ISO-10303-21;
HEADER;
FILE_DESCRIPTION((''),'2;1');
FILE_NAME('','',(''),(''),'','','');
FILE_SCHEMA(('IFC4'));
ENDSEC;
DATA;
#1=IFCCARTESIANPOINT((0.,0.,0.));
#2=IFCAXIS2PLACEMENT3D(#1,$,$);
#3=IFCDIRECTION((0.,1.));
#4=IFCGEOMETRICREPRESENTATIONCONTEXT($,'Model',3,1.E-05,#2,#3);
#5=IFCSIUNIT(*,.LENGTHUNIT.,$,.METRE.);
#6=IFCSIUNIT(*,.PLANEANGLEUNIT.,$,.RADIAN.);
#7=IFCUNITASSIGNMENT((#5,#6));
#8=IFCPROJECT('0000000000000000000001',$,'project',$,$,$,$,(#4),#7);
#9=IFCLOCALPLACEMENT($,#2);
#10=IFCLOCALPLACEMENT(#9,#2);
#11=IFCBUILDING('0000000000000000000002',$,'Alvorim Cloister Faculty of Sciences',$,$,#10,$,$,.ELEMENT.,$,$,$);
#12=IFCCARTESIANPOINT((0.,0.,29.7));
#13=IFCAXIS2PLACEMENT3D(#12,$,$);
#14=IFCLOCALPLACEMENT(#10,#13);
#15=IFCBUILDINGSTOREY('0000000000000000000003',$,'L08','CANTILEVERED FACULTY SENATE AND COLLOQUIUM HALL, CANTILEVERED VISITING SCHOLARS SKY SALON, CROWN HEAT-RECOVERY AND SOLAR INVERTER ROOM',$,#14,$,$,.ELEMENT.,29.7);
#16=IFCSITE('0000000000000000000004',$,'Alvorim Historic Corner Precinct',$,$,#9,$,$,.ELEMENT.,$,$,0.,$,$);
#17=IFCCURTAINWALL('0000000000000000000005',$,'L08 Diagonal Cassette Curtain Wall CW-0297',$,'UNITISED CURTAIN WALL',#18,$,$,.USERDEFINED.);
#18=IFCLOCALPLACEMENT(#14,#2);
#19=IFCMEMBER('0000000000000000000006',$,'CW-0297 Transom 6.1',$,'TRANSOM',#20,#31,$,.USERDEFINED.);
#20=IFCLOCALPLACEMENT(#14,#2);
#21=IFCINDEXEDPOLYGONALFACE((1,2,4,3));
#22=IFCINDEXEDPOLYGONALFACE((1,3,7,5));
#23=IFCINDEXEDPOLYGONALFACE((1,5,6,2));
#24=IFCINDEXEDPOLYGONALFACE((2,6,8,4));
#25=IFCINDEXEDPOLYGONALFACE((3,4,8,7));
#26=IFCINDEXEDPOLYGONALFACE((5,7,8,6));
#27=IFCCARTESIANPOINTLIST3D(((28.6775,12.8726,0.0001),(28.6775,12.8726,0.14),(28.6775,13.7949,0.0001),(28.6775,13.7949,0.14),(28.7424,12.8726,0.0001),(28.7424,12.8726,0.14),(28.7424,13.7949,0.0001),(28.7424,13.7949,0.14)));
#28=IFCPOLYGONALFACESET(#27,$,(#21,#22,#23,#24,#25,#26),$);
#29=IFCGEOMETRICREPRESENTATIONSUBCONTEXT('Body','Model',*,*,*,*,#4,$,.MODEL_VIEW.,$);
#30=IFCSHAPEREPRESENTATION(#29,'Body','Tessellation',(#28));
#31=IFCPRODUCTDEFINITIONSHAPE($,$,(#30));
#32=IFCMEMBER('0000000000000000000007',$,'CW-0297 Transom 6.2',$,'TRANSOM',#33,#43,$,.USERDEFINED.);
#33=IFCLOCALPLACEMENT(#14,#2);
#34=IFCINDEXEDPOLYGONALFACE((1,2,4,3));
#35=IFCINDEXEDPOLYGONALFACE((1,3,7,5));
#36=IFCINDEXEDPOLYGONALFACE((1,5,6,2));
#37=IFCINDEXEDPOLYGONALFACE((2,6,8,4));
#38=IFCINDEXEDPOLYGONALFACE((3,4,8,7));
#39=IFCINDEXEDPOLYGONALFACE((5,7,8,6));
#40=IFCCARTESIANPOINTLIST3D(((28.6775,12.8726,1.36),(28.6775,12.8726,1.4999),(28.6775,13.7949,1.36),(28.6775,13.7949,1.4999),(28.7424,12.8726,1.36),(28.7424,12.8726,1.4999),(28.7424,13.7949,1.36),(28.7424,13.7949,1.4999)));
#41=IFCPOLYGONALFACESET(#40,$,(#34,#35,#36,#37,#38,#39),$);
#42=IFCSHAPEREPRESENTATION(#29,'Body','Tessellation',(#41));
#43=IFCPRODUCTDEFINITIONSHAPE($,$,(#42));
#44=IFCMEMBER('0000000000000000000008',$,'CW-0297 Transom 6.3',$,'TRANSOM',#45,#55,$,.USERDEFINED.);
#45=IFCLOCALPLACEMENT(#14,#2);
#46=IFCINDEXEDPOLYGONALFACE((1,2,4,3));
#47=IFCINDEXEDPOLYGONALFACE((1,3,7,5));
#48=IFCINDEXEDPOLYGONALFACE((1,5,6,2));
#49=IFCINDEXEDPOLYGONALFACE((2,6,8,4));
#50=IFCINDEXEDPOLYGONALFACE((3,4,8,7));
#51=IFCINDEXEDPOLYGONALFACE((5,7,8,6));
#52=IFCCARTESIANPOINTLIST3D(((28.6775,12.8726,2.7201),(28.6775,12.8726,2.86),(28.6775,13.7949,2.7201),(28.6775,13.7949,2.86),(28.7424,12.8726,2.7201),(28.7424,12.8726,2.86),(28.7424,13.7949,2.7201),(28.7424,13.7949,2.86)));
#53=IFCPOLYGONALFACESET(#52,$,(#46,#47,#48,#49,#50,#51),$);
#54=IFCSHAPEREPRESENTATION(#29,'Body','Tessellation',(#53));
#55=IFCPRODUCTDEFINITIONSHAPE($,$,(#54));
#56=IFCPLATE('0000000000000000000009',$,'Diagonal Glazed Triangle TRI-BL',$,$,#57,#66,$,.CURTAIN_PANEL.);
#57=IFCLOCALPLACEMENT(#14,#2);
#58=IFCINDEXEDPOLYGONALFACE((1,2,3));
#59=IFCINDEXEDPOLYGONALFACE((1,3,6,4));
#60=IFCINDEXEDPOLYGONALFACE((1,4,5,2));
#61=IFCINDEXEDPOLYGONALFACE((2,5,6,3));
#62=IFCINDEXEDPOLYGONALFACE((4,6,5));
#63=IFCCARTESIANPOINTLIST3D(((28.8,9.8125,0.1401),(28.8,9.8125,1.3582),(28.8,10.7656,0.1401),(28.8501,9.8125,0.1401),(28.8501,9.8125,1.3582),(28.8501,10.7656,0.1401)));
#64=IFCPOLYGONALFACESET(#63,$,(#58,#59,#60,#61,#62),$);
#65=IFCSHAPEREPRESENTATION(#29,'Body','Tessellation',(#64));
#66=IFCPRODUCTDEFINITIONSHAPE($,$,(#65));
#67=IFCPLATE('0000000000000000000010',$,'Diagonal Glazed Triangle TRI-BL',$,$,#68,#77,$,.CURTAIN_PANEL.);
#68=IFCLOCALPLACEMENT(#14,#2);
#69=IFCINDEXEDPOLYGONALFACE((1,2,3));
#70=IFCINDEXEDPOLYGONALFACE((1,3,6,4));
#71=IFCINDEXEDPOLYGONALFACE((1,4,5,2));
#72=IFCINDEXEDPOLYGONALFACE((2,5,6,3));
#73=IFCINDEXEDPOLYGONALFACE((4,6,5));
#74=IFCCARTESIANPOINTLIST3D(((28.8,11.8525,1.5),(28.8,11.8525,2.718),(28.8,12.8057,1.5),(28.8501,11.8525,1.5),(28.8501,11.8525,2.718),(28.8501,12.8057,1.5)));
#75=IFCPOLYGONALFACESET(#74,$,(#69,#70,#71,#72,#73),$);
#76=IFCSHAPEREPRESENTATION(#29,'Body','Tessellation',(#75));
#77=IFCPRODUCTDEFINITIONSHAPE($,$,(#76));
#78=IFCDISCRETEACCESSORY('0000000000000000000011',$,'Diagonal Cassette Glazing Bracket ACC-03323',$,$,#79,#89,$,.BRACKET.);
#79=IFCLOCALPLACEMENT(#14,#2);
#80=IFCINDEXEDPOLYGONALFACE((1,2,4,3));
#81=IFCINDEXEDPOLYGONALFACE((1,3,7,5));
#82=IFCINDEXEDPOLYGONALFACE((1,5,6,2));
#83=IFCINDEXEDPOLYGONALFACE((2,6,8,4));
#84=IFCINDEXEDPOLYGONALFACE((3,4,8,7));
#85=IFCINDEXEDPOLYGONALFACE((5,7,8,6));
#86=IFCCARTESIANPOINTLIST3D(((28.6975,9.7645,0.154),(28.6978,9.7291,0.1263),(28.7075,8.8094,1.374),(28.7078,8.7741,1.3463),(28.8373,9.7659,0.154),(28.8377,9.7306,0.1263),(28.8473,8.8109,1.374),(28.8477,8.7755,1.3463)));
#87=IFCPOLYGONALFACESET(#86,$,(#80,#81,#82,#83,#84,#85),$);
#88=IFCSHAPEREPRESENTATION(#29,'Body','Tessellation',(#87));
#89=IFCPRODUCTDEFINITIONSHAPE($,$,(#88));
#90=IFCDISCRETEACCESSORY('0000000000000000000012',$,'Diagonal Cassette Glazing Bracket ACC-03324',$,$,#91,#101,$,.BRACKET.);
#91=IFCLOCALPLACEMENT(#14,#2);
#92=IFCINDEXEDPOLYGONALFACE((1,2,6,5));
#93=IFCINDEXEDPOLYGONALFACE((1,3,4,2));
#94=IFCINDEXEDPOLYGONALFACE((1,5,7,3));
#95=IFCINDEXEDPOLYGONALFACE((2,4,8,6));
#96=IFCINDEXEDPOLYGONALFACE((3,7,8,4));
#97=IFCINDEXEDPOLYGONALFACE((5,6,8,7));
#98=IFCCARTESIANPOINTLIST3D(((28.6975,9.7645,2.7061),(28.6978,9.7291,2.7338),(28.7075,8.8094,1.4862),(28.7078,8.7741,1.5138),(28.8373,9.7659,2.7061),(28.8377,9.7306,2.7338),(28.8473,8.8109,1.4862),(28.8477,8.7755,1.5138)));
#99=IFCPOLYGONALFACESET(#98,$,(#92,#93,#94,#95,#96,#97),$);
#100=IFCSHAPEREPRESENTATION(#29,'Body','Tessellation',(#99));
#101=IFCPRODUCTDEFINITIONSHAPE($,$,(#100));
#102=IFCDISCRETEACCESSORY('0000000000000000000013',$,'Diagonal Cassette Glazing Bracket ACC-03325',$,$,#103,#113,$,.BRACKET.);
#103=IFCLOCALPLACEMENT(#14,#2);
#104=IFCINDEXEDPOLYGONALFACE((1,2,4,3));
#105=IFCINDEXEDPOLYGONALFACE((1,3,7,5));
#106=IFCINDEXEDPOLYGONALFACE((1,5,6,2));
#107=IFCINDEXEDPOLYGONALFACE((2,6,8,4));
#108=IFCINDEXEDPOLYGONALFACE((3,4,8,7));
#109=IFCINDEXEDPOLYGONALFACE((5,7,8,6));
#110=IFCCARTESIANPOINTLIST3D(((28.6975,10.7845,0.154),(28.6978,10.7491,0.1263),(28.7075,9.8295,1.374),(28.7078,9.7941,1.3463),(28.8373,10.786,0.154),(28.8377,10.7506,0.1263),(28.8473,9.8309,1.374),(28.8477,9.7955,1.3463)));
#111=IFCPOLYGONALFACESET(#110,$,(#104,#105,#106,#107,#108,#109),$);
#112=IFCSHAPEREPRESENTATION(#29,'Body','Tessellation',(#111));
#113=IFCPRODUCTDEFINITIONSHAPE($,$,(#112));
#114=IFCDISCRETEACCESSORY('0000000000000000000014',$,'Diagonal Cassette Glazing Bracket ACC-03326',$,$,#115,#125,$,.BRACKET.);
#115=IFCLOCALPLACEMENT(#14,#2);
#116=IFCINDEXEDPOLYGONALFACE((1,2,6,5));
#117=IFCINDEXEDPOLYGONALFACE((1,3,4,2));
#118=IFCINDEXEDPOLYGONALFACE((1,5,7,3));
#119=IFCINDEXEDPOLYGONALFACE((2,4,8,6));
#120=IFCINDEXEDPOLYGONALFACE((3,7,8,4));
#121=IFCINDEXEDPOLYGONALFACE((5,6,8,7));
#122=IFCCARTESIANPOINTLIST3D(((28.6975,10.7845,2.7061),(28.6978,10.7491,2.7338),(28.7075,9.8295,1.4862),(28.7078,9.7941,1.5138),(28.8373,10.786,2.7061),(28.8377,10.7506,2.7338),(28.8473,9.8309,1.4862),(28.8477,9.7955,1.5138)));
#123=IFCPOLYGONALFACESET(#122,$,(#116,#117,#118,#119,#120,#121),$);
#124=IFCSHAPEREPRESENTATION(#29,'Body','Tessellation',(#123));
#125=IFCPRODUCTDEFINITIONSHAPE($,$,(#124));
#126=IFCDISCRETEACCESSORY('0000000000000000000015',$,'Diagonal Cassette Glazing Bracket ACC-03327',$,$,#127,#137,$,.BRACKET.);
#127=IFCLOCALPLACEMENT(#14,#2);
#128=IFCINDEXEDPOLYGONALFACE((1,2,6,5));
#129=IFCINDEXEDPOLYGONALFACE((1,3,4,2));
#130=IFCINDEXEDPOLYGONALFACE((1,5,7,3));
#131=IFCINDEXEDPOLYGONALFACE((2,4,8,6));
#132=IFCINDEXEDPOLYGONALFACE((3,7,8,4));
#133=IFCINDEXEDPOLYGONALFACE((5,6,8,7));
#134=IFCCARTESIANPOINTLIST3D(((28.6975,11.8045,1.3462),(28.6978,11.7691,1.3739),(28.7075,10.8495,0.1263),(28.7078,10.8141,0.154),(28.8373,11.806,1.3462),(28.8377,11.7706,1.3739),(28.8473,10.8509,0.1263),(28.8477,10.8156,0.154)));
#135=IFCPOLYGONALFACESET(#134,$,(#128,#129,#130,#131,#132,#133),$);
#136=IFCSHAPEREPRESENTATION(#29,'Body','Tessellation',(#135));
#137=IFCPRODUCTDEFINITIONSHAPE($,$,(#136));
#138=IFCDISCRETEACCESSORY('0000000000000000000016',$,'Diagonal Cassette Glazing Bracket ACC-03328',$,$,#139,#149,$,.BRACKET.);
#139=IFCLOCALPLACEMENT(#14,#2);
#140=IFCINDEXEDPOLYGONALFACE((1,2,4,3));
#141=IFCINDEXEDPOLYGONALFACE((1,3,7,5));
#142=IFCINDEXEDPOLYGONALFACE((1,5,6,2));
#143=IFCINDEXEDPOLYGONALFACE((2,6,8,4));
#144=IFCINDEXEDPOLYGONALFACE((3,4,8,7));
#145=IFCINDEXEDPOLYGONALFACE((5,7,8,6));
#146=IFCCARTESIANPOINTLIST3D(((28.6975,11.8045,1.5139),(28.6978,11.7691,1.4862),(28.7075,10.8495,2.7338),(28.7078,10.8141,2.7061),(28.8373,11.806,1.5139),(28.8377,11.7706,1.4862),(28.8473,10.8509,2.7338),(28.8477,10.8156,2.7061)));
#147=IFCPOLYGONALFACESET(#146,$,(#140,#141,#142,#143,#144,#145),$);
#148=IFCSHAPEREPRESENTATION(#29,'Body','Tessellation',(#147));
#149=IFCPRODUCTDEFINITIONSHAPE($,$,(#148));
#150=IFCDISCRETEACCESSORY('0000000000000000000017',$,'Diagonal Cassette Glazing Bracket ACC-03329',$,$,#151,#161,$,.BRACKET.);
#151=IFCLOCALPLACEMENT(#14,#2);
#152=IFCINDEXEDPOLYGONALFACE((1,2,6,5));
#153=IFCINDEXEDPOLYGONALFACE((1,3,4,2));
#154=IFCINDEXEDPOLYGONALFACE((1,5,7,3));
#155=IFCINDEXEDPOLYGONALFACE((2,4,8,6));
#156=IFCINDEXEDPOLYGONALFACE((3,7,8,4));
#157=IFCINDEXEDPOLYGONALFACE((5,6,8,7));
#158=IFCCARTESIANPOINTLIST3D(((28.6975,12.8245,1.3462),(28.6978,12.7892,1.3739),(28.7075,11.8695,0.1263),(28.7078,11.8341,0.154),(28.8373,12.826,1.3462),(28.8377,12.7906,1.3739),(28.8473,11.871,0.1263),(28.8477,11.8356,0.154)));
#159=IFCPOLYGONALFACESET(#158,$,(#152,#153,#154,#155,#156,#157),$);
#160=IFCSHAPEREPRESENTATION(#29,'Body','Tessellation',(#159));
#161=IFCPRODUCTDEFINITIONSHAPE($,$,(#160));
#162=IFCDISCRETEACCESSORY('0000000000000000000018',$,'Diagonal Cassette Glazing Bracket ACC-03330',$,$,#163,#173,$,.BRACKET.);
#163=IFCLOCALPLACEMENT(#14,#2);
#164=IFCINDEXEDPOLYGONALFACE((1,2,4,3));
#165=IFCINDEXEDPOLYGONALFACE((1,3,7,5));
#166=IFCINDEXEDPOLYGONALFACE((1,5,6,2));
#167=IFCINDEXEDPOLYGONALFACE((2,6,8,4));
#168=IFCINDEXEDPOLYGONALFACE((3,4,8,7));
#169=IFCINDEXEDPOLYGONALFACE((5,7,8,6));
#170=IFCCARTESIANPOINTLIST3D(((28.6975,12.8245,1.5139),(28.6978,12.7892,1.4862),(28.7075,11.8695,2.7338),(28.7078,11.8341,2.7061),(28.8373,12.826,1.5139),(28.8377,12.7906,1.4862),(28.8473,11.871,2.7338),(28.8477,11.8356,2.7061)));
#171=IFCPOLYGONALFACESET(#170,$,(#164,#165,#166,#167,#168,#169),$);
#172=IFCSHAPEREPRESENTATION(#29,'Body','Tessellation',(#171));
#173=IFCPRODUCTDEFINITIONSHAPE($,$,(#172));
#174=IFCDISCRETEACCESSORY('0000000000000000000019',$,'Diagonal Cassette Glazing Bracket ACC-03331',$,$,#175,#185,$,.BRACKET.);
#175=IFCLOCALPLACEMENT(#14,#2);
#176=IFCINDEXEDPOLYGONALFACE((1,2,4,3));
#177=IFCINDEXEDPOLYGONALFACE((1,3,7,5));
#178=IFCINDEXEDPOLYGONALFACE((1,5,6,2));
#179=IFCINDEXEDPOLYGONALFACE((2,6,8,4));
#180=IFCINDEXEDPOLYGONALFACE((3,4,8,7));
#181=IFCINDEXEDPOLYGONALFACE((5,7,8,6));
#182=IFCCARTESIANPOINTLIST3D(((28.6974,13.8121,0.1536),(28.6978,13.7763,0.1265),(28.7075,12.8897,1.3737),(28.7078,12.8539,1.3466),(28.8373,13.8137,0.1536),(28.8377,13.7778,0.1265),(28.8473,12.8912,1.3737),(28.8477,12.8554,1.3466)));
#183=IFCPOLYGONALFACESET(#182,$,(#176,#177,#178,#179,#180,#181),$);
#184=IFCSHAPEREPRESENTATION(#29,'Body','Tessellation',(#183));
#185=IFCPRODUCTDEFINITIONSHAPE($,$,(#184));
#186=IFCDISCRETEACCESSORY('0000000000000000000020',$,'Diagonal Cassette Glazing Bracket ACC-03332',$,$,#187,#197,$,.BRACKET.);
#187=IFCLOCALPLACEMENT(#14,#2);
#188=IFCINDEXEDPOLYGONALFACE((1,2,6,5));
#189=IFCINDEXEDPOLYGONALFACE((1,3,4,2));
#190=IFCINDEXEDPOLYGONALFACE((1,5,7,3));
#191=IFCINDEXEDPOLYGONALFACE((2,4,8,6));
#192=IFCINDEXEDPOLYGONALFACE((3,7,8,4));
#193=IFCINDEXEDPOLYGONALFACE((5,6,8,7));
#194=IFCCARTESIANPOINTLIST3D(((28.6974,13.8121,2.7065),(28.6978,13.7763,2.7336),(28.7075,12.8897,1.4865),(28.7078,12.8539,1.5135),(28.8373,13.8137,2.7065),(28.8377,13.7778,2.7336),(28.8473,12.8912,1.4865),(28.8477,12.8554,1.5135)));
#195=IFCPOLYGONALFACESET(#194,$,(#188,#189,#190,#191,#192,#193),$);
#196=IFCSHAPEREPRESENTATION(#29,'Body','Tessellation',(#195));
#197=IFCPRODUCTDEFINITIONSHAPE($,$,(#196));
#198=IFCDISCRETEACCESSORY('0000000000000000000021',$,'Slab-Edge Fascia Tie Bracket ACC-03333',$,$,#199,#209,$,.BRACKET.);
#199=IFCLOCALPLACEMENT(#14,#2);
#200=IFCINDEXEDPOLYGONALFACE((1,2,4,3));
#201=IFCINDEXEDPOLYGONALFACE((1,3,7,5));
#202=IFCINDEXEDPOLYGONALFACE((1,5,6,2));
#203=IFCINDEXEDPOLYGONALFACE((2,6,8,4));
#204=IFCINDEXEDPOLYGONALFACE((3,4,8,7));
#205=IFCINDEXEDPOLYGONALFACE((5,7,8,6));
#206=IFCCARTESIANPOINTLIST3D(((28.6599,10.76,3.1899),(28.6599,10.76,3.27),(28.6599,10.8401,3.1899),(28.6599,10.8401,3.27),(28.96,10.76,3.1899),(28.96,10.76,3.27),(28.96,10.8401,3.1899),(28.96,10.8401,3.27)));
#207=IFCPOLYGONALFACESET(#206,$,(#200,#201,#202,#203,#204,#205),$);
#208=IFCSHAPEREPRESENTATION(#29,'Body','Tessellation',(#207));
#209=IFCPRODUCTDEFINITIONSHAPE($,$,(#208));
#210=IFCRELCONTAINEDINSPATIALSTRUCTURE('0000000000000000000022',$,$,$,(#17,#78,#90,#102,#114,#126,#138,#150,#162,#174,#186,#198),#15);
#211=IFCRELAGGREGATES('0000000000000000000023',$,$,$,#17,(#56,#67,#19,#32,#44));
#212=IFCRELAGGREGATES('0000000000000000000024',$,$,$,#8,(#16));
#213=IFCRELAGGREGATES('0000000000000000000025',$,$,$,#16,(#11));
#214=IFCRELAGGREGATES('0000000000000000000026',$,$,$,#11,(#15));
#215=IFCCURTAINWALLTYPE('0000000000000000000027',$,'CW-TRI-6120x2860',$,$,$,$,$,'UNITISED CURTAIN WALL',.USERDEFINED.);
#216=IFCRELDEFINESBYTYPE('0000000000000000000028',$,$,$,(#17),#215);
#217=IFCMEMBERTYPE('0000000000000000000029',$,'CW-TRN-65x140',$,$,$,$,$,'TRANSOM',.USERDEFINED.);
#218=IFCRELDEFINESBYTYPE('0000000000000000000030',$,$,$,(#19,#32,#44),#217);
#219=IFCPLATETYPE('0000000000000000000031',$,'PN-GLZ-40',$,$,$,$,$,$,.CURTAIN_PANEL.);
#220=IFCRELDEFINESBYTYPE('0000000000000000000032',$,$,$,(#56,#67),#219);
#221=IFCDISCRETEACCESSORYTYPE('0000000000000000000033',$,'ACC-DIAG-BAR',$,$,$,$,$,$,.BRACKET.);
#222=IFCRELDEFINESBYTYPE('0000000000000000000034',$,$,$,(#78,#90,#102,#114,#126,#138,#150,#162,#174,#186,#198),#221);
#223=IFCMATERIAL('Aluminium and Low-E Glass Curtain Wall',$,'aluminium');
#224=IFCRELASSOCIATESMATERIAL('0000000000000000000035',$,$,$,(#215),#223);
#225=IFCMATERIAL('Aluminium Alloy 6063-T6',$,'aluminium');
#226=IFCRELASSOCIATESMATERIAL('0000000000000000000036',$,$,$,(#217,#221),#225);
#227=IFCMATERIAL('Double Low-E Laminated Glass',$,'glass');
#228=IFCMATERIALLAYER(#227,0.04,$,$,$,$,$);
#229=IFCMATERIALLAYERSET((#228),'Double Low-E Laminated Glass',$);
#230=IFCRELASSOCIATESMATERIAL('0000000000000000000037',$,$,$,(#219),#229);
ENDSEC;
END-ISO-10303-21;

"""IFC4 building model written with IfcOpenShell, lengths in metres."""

from ifc_helpers import new_model, si_unit, direction, frame, origin, origin_2d, place, context, subcontext, project, spatial, polyline, rectangle, outline, extrude, material, layer, layer_set, material_profile, profile_set, type_object, element, aggregate, save


model = new_model("IFC4")

# Units and contexts
model_context = context("Model", 3, precision=1e-05, world=origin(), true_north=direction((0.0, 1.0)))
body_context = subcontext(model_context, "Body", "Model", "MODEL_VIEW")
ifc_project = project(units=[si_unit("LENGTHUNIT", "METRE"), si_unit("PLANEANGLEUNIT", "RADIAN")], contexts=[model_context])

# Site, building, storey
site_placement = place(None, origin())
site = spatial("IfcSite", under=ifc_project, at=site_placement, Name="Alvorim Historic Corner Precinct", CompositionType="ELEMENT", RefElevation=0.0)
building_placement = place(site_placement, origin())
building = spatial("IfcBuilding", under=site, at=building_placement, Name="Alvorim Cloister Faculty of Sciences", CompositionType="ELEMENT")
storey_placement = place(building_placement, frame((0.0, 0.0, 29.7)))
storey = spatial("IfcBuildingStorey", under=building, at=storey_placement, Name="L08", Description="CANTILEVERED FACULTY SENATE AND COLLOQUIUM HALL, CANTILEVERED VISITING SCHOLARS SKY SALON, CROWN HEAT-RECOVERY AND SOLAR INVERTER ROOM", CompositionType="ELEMENT", Elevation=29.7)

# Curtain wall, members, plates
ifc_material_1 = material(Name="Aluminium and Low-E Glass Curtain Wall", Category="aluminium")
curtain_wall_type = type_object("IfcCurtainWallType", Name="CW-TRI-6120x2860", ElementType="UNITISED CURTAIN WALL", PredefinedType="USERDEFINED", material=ifc_material_1)
curtain_wall_placement = place(storey_placement, origin())
curtain_wall = element("IfcCurtainWall", 1, at=curtain_wall_placement, inside=storey, type_object=curtain_wall_type, Name="L08 Diagonal Cassette Curtain Wall CW-0297", ObjectType="UNITISED CURTAIN WALL", PredefinedType="USERDEFINED")
ifc_material_2 = material(Name="Aluminium Alloy 6063-T6", Category="aluminium")
ifc_material_profile_1 = material_profile(ifc_material_2, rectangle(XDim=0.0649, YDim=0.1399, at=origin_2d()), Name="ALU-TRN-65x140")
ifc_profile_set_1 = profile_set([ifc_material_profile_1], Name="Aluminium Alloy 6063-T6")
member_type_1 = type_object("IfcMemberType", Name="CW-TRN-65x140", ElementType="TRANSOM", PredefinedType="USERDEFINED", material=ifc_profile_set_1)
member_1_placement = place(storey_placement, frame((28.71, 12.8726, 0.0701), z_axis=(0.0, 1.0, 0.0), x_axis=(-1.0, 0.0, 0.0)))
member_1 = element("IfcMember", 2, at=member_1_placement, type_object=member_type_1, Name="CW-0297 Transom 6.1", ObjectType="TRANSOM", PredefinedType="USERDEFINED", context=body_context, shape_type="SweptSolid", body=[
    extrude(rectangle(XDim=0.0649, YDim=0.1399, at=origin_2d()), origin(), (0.0, 0.0, 1.0), 0.9224),
])
member_2_placement = place(storey_placement, frame((28.71, 12.8726, 1.4299), z_axis=(0.0, 1.0, 0.0), x_axis=(-1.0, 0.0, 0.0)))
member_2 = element("IfcMember", 3, at=member_2_placement, type_object=member_type_1, Name="CW-0297 Transom 6.2", ObjectType="TRANSOM", PredefinedType="USERDEFINED", context=body_context, shape_type="SweptSolid", body=[
    extrude(rectangle(XDim=0.0649, YDim=0.1399, at=origin_2d()), origin(), (0.0, 0.0, 1.0), 0.9224),
])
member_3_placement = place(storey_placement, frame((28.71, 12.8726, 2.79), z_axis=(0.0, 1.0, 0.0), x_axis=(-1.0, 0.0, 0.0)))
member_3 = element("IfcMember", 4, at=member_3_placement, type_object=member_type_1, Name="CW-0297 Transom 6.3", ObjectType="TRANSOM", PredefinedType="USERDEFINED", context=body_context, shape_type="SweptSolid", body=[
    extrude(rectangle(XDim=0.0649, YDim=0.1399, at=origin_2d()), origin(), (0.0, 0.0, 1.0), 0.9224),
])
ifc_material_3 = material(Name="Double Low-E Laminated Glass", Category="glass")
ifc_layer = layer(ifc_material_3, 0.04)
ifc_layer_set = layer_set([ifc_layer], Name="Double Low-E Laminated Glass")
plate_type = type_object("IfcPlateType", Name="PN-GLZ-40", PredefinedType="CURTAIN_PANEL", material=ifc_layer_set)
plate_1_placement = place(storey_placement, frame((28.825, 9.8125, 0.1401), z_axis=(0.0, 0.0, 1.0), x_axis=(0.0, 1.0, 0.0)))
plate_1 = element("IfcPlate", 5, at=plate_1_placement, type_object=plate_type, Name="Diagonal Glazed Triangle TRI-BL", PredefinedType="CURTAIN_PANEL", context=body_context, shape_type="SweptSolid", body=[
    extrude(outline(polyline([(0.0, 0.0), (0.9531, 0.0), (0.0, 1.218), (0.0, 0.0)])), frame((0.0, 0.0249, 0.0), z_axis=(0.0, -1.0, 0.0), x_axis=(1.0, 0.0, 0.0)), (0.0, 0.0, 1.0), 0.05),
])
plate_2_placement = place(storey_placement, frame((28.825, 11.8525, 1.5), z_axis=(0.0, 0.0, 1.0), x_axis=(0.0, 1.0, 0.0)))
plate_2 = element("IfcPlate", 6, at=plate_2_placement, type_object=plate_type, Name="Diagonal Glazed Triangle TRI-BL", PredefinedType="CURTAIN_PANEL", context=body_context, shape_type="SweptSolid", body=[
    extrude(outline(polyline([(0.0, 0.0), (0.9531, 0.0), (0.0, 1.218), (0.0, 0.0)])), frame((0.0, 0.0249, 0.0), z_axis=(0.0, -1.0, 0.0), x_axis=(1.0, 0.0, 0.0)), (0.0, 0.0, 1.0), 0.05),
])
aggregate(curtain_wall, [plate_1, plate_2, member_1, member_2, member_3])

# Discrete accessories
discrete_accessory_type = type_object("IfcDiscreteAccessoryType", Name="ACC-DIAG-BAR", PredefinedType="BRACKET", material=ifc_material_2)
for number, where, z_axis, x_axis, name in (
    (7, (28.7776, 8.7925, 1.3601), (-0.00646, 0.616423, -0.787389), (-0.999945, -0.01048, 0.0), "Diagonal Cassette Glazing Bracket ACC-03323"),
    (8, (28.7776, 8.7925, 1.5), (-0.00646, 0.616423, 0.787389), (-0.999945, -0.01048, 0.0), "Diagonal Cassette Glazing Bracket ACC-03324"),
    (9, (28.7776, 9.8125, 1.3601), (-0.00646, 0.616423, -0.787389), (-0.999945, -0.01048, 0.0), "Diagonal Cassette Glazing Bracket ACC-03325"),
    (10, (28.7776, 9.8125, 1.5), (-0.00646, 0.616423, 0.787389), (-0.999945, -0.01048, 0.0), "Diagonal Cassette Glazing Bracket ACC-03326"),
    (11, (28.7776, 10.8325, 0.1401), (-0.00646, 0.616423, 0.787389), (-0.999945, -0.01048, 0.0), "Diagonal Cassette Glazing Bracket ACC-03327"),
    (12, (28.7776, 10.8325, 2.72), (-0.00646, 0.616423, -0.787389), (-0.999945, -0.01048, 0.0), "Diagonal Cassette Glazing Bracket ACC-03328"),
    (13, (28.7776, 11.8525, 0.1401), (-0.00646, 0.616423, 0.787389), (-0.999945, -0.01048, 0.0), "Diagonal Cassette Glazing Bracket ACC-03329"),
    (14, (28.7776, 11.8525, 2.72), (-0.00646, 0.616423, -0.787389), (-0.999945, -0.01048, 0.0), "Diagonal Cassette Glazing Bracket ACC-03330"),
):
    element("IfcDiscreteAccessory", number, at=place(storey_placement, frame(where, z_axis=z_axis, x_axis=x_axis)), inside=storey, type_object=discrete_accessory_type, Name=name, PredefinedType="BRACKET", context=body_context, shape_type="SweptSolid", body=[
        extrude(rectangle(XDim=0.1399, YDim=0.0449, at=origin_2d()), origin(), (0.0, 0.0, 1.0), 1.5493),
    ])
for number, where, z_axis, x_axis, name in (
    (15, (28.7776, 12.8726, 1.3601), (-0.006545, 0.603073, -0.797659), (-0.999941, -0.010852, 0.0), "Diagonal Cassette Glazing Bracket ACC-03331"),
    (16, (28.7776, 12.8726, 1.5), (-0.006545, 0.603073, 0.797659), (-0.999941, -0.010852, 0.0), "Diagonal Cassette Glazing Bracket ACC-03332"),
):
    element("IfcDiscreteAccessory", number, at=place(storey_placement, frame(where, z_axis=z_axis, x_axis=x_axis)), inside=storey, type_object=discrete_accessory_type, Name=name, PredefinedType="BRACKET", context=body_context, shape_type="SweptSolid", body=[
        extrude(rectangle(XDim=0.1399, YDim=0.0449, at=origin_2d()), origin(), (0.0, 0.0, 1.0), 1.5295),
    ])
discrete_accessory_placement = place(storey_placement, frame((28.6599, 10.8, 3.23), z_axis=(1.0, 0.0, 0.0), x_axis=(0.0, 1.0, 0.0)))
element("IfcDiscreteAccessory", 17, at=discrete_accessory_placement, inside=storey, type_object=discrete_accessory_type, Name="Slab-Edge Fascia Tie Bracket ACC-03333", PredefinedType="BRACKET", context=body_context, shape_type="SweptSolid", body=[
    extrude(rectangle(XDim=0.0801, YDim=0.0801, at=origin_2d()), origin(), (0.0, 0.0, 1.0), 0.3),
])

save(model, "model.ifc")
